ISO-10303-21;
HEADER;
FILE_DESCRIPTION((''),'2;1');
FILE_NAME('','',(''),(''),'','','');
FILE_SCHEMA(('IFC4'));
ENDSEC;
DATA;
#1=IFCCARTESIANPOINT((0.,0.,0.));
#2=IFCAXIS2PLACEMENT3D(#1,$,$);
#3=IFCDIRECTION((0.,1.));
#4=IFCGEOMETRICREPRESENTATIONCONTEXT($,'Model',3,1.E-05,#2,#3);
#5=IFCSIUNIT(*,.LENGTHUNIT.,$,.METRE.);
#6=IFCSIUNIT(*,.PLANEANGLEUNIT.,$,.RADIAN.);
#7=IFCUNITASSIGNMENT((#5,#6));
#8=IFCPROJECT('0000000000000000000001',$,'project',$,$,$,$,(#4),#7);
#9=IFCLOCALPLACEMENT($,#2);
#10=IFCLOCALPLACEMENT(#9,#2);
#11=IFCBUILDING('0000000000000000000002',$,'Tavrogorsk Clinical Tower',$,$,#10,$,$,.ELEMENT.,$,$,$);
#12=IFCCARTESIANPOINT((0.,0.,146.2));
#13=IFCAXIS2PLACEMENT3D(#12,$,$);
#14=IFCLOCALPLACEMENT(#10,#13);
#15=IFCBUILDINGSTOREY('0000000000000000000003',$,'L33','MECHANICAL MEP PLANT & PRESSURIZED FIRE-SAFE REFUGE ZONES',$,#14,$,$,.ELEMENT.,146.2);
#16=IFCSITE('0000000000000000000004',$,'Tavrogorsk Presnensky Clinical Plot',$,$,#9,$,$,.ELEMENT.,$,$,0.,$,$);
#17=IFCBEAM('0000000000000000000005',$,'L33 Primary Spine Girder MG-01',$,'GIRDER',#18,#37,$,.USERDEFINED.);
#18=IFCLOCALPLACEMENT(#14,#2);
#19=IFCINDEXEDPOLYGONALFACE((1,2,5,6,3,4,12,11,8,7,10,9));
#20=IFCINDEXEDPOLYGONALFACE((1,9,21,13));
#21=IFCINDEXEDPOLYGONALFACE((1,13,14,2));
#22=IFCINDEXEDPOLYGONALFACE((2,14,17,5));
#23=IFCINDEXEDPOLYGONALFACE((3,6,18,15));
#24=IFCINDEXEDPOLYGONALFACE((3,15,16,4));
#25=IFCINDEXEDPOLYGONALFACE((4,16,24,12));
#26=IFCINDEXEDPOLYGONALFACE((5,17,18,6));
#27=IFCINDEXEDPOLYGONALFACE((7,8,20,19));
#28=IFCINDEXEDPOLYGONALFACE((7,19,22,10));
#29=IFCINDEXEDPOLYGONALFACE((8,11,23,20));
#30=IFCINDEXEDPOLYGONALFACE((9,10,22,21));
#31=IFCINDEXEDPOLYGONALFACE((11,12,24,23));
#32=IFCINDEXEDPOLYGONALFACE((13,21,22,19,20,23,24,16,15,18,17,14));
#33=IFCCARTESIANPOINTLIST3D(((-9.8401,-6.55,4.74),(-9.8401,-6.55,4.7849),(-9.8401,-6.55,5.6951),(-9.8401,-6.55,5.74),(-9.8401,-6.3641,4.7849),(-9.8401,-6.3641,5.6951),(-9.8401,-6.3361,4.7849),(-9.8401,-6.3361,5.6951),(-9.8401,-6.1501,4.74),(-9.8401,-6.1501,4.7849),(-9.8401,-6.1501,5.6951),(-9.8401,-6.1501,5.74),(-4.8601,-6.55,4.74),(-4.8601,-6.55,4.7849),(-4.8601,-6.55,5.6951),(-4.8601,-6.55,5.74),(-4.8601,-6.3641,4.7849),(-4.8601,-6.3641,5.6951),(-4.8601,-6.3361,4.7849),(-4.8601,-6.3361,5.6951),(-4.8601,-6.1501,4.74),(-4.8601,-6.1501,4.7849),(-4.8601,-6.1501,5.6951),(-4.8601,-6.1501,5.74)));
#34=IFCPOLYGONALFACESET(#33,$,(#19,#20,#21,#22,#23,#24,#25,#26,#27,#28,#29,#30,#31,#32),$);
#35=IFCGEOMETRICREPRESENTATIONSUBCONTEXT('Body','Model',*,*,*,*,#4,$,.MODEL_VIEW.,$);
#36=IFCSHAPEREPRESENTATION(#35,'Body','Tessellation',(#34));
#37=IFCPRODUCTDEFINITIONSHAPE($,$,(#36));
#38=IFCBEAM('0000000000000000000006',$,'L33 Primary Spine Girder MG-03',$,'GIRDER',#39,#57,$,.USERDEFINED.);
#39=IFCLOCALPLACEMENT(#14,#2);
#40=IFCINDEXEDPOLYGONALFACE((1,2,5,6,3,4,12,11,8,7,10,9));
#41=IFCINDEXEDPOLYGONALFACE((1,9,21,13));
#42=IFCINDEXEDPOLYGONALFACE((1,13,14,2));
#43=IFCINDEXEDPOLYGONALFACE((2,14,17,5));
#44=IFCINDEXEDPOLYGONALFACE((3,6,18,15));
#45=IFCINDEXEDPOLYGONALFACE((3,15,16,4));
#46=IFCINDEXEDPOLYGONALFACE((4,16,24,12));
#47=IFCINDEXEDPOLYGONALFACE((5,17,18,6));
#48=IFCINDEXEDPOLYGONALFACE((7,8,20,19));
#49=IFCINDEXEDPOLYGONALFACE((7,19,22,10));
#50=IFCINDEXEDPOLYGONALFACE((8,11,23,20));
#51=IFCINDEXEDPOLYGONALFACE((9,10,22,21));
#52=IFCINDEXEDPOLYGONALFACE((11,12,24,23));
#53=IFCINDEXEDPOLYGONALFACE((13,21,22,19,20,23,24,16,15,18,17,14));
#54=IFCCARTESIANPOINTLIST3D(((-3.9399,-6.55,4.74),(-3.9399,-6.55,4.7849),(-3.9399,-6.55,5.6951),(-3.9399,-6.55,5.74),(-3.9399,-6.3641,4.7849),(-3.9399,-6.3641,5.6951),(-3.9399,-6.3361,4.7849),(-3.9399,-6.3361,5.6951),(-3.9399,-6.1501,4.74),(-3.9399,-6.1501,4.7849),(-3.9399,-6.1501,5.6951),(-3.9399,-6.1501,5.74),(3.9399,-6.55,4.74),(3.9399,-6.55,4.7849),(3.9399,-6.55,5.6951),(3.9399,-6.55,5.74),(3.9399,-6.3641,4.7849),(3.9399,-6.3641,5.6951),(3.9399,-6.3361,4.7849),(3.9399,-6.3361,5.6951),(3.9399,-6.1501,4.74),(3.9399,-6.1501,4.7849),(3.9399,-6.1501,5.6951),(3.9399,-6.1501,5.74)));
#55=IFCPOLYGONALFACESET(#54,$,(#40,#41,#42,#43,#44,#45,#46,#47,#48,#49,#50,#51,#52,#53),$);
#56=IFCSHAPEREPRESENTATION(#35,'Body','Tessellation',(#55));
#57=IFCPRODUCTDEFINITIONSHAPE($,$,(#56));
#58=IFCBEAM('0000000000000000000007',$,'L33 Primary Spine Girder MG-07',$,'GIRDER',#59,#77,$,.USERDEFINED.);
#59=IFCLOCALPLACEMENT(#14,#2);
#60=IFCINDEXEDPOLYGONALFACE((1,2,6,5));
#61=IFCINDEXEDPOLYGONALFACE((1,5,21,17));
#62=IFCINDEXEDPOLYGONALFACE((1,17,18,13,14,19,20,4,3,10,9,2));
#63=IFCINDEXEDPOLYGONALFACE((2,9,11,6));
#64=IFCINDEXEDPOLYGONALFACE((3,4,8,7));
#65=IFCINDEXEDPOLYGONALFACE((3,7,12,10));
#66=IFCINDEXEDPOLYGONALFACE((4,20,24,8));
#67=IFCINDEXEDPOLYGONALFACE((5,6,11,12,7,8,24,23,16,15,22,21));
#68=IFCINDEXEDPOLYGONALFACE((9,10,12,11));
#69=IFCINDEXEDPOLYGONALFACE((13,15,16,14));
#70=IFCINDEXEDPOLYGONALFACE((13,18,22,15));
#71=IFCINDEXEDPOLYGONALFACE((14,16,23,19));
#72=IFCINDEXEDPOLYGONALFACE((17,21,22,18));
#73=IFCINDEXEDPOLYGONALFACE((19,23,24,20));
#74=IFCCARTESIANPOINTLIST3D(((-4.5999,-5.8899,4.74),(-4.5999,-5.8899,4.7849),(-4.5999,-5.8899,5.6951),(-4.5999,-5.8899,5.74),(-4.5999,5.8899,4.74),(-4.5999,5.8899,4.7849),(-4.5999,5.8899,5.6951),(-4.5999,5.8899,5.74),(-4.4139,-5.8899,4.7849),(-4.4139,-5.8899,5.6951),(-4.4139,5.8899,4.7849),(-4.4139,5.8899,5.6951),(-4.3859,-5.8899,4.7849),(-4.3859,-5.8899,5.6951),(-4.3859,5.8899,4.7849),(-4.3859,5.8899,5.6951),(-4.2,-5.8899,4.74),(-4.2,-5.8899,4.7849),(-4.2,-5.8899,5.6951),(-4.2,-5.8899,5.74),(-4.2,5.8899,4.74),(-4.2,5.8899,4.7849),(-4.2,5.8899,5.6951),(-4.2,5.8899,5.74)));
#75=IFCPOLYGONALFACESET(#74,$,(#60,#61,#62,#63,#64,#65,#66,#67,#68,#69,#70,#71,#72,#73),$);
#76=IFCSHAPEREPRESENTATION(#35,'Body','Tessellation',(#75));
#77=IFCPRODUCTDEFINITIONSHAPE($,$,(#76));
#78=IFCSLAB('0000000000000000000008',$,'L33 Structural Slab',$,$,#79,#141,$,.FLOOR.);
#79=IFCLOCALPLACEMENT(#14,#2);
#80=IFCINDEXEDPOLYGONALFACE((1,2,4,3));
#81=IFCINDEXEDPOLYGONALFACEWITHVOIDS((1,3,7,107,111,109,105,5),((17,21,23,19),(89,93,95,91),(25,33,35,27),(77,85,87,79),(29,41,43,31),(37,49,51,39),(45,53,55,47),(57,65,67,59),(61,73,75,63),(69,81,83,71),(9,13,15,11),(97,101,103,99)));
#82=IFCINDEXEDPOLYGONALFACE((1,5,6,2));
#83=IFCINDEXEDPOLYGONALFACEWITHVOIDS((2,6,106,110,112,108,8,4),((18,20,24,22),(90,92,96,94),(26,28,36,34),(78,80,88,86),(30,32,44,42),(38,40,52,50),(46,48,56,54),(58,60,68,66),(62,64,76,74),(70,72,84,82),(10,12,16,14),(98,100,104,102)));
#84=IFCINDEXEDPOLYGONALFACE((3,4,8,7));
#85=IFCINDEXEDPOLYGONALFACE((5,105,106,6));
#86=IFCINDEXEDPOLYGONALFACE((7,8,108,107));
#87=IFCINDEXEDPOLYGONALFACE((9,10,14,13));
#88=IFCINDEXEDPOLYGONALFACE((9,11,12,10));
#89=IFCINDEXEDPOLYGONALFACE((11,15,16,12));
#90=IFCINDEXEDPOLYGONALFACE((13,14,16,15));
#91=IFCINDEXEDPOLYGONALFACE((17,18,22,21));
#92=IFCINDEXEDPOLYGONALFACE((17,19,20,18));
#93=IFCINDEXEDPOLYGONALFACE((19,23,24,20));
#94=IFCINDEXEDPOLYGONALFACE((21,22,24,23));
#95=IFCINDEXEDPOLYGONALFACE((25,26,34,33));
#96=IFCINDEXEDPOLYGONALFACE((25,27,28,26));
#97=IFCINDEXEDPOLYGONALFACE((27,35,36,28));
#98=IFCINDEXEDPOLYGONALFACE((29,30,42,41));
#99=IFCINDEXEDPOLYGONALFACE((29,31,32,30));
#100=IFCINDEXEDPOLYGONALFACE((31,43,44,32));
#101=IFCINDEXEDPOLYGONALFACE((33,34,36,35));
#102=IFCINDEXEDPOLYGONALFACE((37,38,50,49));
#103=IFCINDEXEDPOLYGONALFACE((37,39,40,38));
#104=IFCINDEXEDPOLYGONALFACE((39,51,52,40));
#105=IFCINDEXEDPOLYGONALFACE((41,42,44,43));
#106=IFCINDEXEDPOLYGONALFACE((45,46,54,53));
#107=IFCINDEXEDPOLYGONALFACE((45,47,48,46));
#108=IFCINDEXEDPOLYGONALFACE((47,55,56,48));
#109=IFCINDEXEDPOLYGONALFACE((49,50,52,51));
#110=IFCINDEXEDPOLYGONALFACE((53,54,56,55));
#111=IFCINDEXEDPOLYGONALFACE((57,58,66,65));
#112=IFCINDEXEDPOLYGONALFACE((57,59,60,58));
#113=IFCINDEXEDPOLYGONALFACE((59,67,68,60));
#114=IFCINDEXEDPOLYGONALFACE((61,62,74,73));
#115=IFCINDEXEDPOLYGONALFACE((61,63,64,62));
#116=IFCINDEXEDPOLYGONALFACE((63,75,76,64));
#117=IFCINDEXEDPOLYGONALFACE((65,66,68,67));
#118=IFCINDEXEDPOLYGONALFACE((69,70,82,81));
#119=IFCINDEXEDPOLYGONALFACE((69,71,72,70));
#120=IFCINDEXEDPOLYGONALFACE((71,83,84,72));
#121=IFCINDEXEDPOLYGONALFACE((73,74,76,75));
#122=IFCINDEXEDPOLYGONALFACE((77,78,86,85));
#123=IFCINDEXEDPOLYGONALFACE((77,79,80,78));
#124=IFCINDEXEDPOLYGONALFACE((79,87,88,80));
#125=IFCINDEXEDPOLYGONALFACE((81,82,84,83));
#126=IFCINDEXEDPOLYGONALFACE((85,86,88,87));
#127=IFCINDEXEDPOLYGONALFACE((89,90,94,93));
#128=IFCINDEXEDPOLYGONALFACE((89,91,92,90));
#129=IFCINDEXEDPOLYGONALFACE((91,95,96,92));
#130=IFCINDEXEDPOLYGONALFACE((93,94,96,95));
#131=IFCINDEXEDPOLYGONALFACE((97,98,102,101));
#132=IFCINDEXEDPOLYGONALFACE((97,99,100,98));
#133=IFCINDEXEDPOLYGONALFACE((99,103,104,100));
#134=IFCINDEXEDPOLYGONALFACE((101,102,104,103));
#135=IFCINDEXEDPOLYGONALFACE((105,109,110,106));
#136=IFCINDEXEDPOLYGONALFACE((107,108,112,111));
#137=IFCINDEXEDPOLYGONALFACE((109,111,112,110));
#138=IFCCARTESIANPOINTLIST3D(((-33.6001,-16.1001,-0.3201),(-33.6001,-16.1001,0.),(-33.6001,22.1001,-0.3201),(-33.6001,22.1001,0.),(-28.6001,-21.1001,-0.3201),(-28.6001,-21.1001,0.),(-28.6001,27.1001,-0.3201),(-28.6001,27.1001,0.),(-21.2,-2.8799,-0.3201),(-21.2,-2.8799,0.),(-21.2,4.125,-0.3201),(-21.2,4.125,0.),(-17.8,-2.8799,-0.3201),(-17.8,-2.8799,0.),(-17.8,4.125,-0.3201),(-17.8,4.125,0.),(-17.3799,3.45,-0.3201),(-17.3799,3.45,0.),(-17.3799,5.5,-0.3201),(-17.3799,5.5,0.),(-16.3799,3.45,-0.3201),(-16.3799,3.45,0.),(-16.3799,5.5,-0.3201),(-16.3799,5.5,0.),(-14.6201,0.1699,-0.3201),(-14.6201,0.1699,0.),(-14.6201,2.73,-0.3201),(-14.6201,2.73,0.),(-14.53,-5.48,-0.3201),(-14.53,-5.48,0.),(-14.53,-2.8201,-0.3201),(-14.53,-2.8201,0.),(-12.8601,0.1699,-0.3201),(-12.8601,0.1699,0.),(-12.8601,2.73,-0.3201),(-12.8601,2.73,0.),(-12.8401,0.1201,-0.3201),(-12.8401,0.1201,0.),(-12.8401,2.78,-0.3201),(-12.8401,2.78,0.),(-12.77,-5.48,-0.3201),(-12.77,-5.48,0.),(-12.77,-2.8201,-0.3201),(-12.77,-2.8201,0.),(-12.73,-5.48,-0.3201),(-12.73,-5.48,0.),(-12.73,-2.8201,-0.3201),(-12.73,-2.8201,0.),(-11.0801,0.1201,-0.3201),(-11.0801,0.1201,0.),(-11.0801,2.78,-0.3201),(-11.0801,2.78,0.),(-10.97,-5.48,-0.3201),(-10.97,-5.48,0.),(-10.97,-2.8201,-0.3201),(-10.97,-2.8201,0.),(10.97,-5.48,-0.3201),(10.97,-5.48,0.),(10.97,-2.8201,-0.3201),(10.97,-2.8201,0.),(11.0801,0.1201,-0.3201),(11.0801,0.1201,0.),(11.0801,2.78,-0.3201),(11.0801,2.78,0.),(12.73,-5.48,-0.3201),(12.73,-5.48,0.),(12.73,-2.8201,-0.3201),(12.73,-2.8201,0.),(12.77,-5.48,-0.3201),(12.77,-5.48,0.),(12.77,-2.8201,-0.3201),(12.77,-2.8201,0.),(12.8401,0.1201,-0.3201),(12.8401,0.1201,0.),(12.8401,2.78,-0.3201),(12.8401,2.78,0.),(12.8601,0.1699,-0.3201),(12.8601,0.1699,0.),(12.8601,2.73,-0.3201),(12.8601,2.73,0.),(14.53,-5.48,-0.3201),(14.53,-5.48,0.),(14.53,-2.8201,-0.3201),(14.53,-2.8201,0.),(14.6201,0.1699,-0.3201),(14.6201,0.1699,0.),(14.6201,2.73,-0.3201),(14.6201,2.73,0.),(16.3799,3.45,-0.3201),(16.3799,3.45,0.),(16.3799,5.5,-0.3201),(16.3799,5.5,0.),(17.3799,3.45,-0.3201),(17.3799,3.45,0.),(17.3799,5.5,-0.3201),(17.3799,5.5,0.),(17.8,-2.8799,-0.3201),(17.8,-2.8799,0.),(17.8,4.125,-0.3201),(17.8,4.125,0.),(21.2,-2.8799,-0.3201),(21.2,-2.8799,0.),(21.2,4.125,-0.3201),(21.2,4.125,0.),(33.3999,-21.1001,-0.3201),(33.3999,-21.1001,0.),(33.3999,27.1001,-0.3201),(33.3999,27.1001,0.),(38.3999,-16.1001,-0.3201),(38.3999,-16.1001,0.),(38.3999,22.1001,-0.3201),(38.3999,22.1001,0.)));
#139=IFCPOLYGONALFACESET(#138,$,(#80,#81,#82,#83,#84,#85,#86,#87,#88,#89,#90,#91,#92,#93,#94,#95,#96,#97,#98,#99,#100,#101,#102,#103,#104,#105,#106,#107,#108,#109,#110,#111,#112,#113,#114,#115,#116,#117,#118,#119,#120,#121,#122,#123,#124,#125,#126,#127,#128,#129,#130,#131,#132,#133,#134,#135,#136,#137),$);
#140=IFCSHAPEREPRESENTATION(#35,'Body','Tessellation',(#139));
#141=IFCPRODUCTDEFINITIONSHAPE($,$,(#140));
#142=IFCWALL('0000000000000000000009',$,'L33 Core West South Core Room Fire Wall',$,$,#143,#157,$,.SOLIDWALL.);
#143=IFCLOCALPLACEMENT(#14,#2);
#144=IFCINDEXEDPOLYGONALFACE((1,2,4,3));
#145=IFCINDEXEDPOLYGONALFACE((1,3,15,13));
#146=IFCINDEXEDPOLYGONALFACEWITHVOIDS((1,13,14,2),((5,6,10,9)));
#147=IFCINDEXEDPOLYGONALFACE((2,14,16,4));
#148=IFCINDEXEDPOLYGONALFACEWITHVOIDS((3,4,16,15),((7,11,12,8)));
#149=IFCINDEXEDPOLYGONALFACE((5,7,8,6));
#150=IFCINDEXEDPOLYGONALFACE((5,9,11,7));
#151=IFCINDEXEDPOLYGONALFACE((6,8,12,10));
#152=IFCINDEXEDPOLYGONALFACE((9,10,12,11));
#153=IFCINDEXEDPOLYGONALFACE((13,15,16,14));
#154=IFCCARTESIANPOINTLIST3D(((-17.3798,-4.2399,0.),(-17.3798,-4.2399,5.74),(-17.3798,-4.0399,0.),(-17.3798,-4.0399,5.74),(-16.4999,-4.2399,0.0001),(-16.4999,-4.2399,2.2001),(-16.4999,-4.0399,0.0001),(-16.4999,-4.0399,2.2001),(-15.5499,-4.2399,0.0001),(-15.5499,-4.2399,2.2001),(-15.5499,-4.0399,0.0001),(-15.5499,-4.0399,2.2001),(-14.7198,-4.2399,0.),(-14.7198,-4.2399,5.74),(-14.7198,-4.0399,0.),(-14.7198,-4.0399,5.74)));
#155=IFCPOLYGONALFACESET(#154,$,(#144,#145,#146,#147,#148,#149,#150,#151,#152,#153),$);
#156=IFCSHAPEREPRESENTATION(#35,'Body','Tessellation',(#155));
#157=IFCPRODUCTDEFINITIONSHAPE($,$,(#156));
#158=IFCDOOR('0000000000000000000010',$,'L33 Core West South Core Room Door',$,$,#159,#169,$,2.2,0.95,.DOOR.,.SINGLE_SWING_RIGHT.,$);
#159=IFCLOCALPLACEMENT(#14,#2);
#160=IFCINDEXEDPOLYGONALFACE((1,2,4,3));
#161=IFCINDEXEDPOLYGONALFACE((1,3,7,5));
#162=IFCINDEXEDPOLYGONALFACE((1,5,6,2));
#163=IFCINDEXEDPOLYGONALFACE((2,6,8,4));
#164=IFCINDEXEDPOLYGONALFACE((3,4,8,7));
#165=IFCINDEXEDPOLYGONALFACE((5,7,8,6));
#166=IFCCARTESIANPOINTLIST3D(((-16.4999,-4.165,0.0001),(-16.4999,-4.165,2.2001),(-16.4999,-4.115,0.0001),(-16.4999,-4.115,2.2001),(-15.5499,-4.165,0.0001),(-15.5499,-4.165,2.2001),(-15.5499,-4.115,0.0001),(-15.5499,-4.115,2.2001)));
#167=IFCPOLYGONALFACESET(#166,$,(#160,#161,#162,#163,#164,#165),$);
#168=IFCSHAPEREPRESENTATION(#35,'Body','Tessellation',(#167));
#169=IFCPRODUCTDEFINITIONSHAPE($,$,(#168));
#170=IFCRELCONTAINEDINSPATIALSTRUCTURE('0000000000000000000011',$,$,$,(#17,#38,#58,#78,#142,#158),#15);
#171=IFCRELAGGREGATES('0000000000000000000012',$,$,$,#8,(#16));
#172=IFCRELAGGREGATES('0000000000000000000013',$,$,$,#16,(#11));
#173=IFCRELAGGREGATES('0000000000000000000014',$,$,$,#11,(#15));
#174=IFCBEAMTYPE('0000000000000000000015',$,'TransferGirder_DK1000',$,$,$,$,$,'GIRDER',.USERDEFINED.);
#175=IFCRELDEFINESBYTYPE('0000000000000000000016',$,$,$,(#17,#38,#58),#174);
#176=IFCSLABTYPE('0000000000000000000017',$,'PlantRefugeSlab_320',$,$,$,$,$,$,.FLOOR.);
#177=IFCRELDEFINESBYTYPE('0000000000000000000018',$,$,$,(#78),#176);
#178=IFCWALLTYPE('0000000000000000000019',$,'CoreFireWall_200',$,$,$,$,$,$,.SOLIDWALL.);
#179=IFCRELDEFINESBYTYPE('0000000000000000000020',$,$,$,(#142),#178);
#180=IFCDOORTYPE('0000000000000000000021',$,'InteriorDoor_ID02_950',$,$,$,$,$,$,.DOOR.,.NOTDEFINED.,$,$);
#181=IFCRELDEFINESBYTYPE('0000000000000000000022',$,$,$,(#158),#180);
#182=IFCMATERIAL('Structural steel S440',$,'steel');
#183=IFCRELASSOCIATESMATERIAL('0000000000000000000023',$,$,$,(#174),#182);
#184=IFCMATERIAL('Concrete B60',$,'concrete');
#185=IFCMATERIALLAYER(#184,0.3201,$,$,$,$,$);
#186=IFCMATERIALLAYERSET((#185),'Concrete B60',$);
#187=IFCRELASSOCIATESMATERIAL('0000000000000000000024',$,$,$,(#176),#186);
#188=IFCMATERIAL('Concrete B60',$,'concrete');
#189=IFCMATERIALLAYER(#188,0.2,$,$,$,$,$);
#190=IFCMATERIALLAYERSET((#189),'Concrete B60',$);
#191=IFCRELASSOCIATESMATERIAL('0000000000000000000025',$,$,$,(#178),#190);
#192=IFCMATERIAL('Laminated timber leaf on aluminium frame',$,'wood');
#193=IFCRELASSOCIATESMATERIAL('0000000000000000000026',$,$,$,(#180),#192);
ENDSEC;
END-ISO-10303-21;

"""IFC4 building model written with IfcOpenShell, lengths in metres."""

from ifc_helpers import new_model, si_unit, direction, frame, frame_2d, origin, origin_2d, place, context, subcontext, project, spatial, polyline, rectangle, i_section, outline, extrude, material, layer, layer_set, material_profile, profile_set, type_object, element, fill, save


model = new_model("IFC4")

# Units and contexts
model_context = context("Model", 3, precision=1e-05, world=origin(), true_north=direction((0.0, 1.0)))
body_context = subcontext(model_context, "Body", "Model", "MODEL_VIEW")
ifc_project = project(units=[si_unit("LENGTHUNIT", "METRE"), si_unit("PLANEANGLEUNIT", "RADIAN")], contexts=[model_context])

# Site, building, storey
site_placement = place(None, origin())
site = spatial("IfcSite", under=ifc_project, at=site_placement, Name="Tavrogorsk Presnensky Clinical Plot", CompositionType="ELEMENT", RefElevation=0.0)
building_placement = place(site_placement, origin())
building = spatial("IfcBuilding", under=site, at=building_placement, Name="Tavrogorsk Clinical Tower", CompositionType="ELEMENT")
storey_placement = place(building_placement, frame((0.0, 0.0, 146.2)))
storey = spatial("IfcBuildingStorey", under=building, at=storey_placement, Name="L33", Description="MECHANICAL MEP PLANT & PRESSURIZED FIRE-SAFE REFUGE ZONES", CompositionType="ELEMENT", Elevation=146.2)

# Beams
ifc_material_1 = material(Name="Structural steel S440", Category="steel")
ifc_material_profile_1 = material_profile(ifc_material_1, i_section(OverallWidth=0.3999, OverallDepth=1.0, WebThickness=0.0281, FlangeThickness=0.0449, at=origin_2d()), Name="DK-1000x400x28x45")
ifc_profile_set_1 = profile_set([ifc_material_profile_1], Name="Structural steel S440")
beam_type_1 = type_object("IfcBeamType", Name="TransferGirder_DK1000", ElementType="GIRDER", PredefinedType="USERDEFINED", material=ifc_profile_set_1)
beam_1_placement = place(storey_placement, frame((-9.8401, -6.3501, 5.24), z_axis=(1.0, 0.0, 0.0), x_axis=(0.0, 1.0, 0.0)))
element("IfcBeam", 1, at=beam_1_placement, inside=storey, type_object=beam_type_1, Name="L33 Primary Spine Girder MG-01", ObjectType="GIRDER", PredefinedType="USERDEFINED", context=body_context, shape_type="SweptSolid", body=[
    extrude(i_section(OverallWidth=0.3999, OverallDepth=1.0, WebThickness=0.0281, FlangeThickness=0.0449, at=origin_2d()), origin(), (0.0, 0.0, 1.0), 4.98),
])
beam_2_placement = place(storey_placement, frame((-3.9399, -6.3501, 5.24), z_axis=(1.0, 0.0, 0.0), x_axis=(0.0, 1.0, 0.0)))
element("IfcBeam", 2, at=beam_2_placement, inside=storey, type_object=beam_type_1, Name="L33 Primary Spine Girder MG-03", ObjectType="GIRDER", PredefinedType="USERDEFINED", context=body_context, shape_type="SweptSolid", body=[
    extrude(i_section(OverallWidth=0.3999, OverallDepth=1.0, WebThickness=0.0281, FlangeThickness=0.0449, at=origin_2d()), origin(), (0.0, 0.0, 1.0), 7.8799),
])
beam_3_placement = place(storey_placement, frame((-4.3999, -5.8899, 5.24), z_axis=(0.0, 1.0, 0.0), x_axis=(-1.0, 0.0, 0.0)))
element("IfcBeam", 3, at=beam_3_placement, inside=storey, type_object=beam_type_1, Name="L33 Primary Spine Girder MG-07", ObjectType="GIRDER", PredefinedType="USERDEFINED", context=body_context, shape_type="SweptSolid", body=[
    extrude(i_section(OverallWidth=0.3999, OverallDepth=1.0, WebThickness=0.0281, FlangeThickness=0.0449, at=origin_2d()), origin(), (0.0, 0.0, 1.0), 11.7798),
])

# Slab
ifc_material_2 = material(Name="Concrete B60", Category="concrete")
ifc_layer_1 = layer(ifc_material_2, 0.3201)
ifc_layer_set_1 = layer_set([ifc_layer_1], Name="Concrete B60")
slab_type = type_object("IfcSlabType", Name="PlantRefugeSlab_320", PredefinedType="FLOOR", material=ifc_layer_set_1)
slab_placement = place(storey_placement, frame((0.0, 0.0, -0.3201)))
element("IfcSlab", 4, at=slab_placement, inside=storey, type_object=slab_type, Name="L33 Structural Slab", PredefinedType="FLOOR", context=body_context, shape_type="SweptSolid", body=[
    extrude(outline(polyline([(-28.6001, -21.1001), (33.3999, -21.1001), (38.3999, -16.1001), (38.3999, 22.1001), (33.3999, 27.1001), (-28.6001, 27.1001), (-33.6001, 22.1001), (-33.6001, -16.1001), (-28.6001, -21.1001)]), holes=[polyline([(-17.8, -2.8799), (-17.8, 4.125), (-21.2, 4.125), (-21.2, -2.8799), (-17.8, -2.8799)]), polyline([(21.2, -2.8799), (21.2, 4.125), (17.8, 4.125), (17.8, -2.8799), (21.2, -2.8799)]), polyline([(-14.6201, 0.1699), (-12.8601, 0.1699), (-12.8601, 2.73), (-14.6201, 2.73), (-14.6201, 0.1699)]), polyline([(-14.53, -5.48), (-12.77, -5.48), (-12.77, -2.8201), (-14.53, -2.8201), (-14.53, -5.48)]), polyline([(-12.73, -5.48), (-10.97, -5.48), (-10.97, -2.8201), (-12.73, -2.8201), (-12.73, -5.48)]), polyline([(-12.8401, 0.1201), (-11.0801, 0.1201), (-11.0801, 2.78), (-12.8401, 2.78), (-12.8401, 0.1201)]), polyline([(12.8601, 0.1699), (14.6201, 0.1699), (14.6201, 2.73), (12.8601, 2.73), (12.8601, 0.1699)]), polyline([(12.77, -5.48), (14.53, -5.48), (14.53, -2.8201), (12.77, -2.8201), (12.77, -5.48)]), polyline([(10.97, -5.48), (12.73, -5.48), (12.73, -2.8201), (10.97, -2.8201), (10.97, -5.48)]), polyline([(11.0801, 0.1201), (12.8401, 0.1201), (12.8401, 2.78), (11.0801, 2.78), (11.0801, 0.1201)]), polyline([(-17.3799, 3.45), (-16.3799, 3.45), (-16.3799, 5.5), (-17.3799, 5.5), (-17.3799, 3.45)]), polyline([(16.3799, 3.45), (17.3799, 3.45), (17.3799, 5.5), (16.3799, 5.5), (16.3799, 3.45)])]), origin(), (0.0, 0.0, 1.0), 0.3201),
])

# Wall, opening, door
ifc_material_3 = material(Name="Concrete B60", Category="concrete")
ifc_layer_2 = layer(ifc_material_3, 0.2)
ifc_layer_set_2 = layer_set([ifc_layer_2], Name="Concrete B60")
wall_type_1 = type_object("IfcWallType", Name="CoreFireWall_200", PredefinedType="SOLIDWALL", material=ifc_layer_set_2)
wall_1_placement = place(storey_placement, frame((-17.3799, -4.1399, 0.0), z_axis=(0.0, 0.0, 1.0), x_axis=(1.0, 0.0, 0.0)))
wall_1 = element("IfcWall", 5, at=wall_1_placement, inside=storey, type_object=wall_type_1, Name="L33 Core West South Core Room Fire Wall", PredefinedType="SOLIDWALL", context=body_context, shape_type="SweptSolid", body=[
    extrude(rectangle(XDim=2.6599, YDim=0.2, at=frame_2d((1.3301, 0.0))), origin(), (0.0, 0.0, 1.0), 5.74),
])
opening_1_placement = place(wall_1_placement, frame((0.8799, 0.0, 0.0)))
opening_1 = element("IfcOpeningElement", 6, at=opening_1_placement, cuts=wall_1, PredefinedType="OPENING", context=body_context, shape_type="SweptSolid", body=[
    extrude(rectangle(XDim=0.95, YDim=2.2, at=frame_2d((0.4751, 1.1001))), frame((0.0, 0.1099, 0.0), z_axis=(0.0, -1.0, 0.0), x_axis=(1.0, 0.0, 0.0)), (0.0, 0.0, 1.0), 0.22),
])
ifc_material_4 = material(Name="Laminated timber leaf on aluminium frame", Category="wood")
door_type_1 = type_object("IfcDoorType", Name="InteriorDoor_ID02_950", OperationType="NOTDEFINED", PredefinedType="DOOR", material=ifc_material_4)
door_1_placement = place(opening_1_placement, origin())
door_1 = element("IfcDoor", 7, at=door_1_placement, inside=storey, type_object=door_type_1, Name="L33 Core West South Core Room Door", OperationType="SINGLE_SWING_RIGHT", OverallHeight=2.2, OverallWidth=0.95, PredefinedType="DOOR", context=body_context, shape_type="SweptSolid", body=[
    extrude(rectangle(XDim=0.95, YDim=2.2, at=frame_2d((0.4751, 1.1001))), frame((0.0, 0.0249, 0.0), z_axis=(0.0, -1.0, 0.0), x_axis=(1.0, 0.0, 0.0)), (0.0, 0.0, 1.0), 0.05),
])
fill(opening_1, door_1)

save(model, "model.ifc")
